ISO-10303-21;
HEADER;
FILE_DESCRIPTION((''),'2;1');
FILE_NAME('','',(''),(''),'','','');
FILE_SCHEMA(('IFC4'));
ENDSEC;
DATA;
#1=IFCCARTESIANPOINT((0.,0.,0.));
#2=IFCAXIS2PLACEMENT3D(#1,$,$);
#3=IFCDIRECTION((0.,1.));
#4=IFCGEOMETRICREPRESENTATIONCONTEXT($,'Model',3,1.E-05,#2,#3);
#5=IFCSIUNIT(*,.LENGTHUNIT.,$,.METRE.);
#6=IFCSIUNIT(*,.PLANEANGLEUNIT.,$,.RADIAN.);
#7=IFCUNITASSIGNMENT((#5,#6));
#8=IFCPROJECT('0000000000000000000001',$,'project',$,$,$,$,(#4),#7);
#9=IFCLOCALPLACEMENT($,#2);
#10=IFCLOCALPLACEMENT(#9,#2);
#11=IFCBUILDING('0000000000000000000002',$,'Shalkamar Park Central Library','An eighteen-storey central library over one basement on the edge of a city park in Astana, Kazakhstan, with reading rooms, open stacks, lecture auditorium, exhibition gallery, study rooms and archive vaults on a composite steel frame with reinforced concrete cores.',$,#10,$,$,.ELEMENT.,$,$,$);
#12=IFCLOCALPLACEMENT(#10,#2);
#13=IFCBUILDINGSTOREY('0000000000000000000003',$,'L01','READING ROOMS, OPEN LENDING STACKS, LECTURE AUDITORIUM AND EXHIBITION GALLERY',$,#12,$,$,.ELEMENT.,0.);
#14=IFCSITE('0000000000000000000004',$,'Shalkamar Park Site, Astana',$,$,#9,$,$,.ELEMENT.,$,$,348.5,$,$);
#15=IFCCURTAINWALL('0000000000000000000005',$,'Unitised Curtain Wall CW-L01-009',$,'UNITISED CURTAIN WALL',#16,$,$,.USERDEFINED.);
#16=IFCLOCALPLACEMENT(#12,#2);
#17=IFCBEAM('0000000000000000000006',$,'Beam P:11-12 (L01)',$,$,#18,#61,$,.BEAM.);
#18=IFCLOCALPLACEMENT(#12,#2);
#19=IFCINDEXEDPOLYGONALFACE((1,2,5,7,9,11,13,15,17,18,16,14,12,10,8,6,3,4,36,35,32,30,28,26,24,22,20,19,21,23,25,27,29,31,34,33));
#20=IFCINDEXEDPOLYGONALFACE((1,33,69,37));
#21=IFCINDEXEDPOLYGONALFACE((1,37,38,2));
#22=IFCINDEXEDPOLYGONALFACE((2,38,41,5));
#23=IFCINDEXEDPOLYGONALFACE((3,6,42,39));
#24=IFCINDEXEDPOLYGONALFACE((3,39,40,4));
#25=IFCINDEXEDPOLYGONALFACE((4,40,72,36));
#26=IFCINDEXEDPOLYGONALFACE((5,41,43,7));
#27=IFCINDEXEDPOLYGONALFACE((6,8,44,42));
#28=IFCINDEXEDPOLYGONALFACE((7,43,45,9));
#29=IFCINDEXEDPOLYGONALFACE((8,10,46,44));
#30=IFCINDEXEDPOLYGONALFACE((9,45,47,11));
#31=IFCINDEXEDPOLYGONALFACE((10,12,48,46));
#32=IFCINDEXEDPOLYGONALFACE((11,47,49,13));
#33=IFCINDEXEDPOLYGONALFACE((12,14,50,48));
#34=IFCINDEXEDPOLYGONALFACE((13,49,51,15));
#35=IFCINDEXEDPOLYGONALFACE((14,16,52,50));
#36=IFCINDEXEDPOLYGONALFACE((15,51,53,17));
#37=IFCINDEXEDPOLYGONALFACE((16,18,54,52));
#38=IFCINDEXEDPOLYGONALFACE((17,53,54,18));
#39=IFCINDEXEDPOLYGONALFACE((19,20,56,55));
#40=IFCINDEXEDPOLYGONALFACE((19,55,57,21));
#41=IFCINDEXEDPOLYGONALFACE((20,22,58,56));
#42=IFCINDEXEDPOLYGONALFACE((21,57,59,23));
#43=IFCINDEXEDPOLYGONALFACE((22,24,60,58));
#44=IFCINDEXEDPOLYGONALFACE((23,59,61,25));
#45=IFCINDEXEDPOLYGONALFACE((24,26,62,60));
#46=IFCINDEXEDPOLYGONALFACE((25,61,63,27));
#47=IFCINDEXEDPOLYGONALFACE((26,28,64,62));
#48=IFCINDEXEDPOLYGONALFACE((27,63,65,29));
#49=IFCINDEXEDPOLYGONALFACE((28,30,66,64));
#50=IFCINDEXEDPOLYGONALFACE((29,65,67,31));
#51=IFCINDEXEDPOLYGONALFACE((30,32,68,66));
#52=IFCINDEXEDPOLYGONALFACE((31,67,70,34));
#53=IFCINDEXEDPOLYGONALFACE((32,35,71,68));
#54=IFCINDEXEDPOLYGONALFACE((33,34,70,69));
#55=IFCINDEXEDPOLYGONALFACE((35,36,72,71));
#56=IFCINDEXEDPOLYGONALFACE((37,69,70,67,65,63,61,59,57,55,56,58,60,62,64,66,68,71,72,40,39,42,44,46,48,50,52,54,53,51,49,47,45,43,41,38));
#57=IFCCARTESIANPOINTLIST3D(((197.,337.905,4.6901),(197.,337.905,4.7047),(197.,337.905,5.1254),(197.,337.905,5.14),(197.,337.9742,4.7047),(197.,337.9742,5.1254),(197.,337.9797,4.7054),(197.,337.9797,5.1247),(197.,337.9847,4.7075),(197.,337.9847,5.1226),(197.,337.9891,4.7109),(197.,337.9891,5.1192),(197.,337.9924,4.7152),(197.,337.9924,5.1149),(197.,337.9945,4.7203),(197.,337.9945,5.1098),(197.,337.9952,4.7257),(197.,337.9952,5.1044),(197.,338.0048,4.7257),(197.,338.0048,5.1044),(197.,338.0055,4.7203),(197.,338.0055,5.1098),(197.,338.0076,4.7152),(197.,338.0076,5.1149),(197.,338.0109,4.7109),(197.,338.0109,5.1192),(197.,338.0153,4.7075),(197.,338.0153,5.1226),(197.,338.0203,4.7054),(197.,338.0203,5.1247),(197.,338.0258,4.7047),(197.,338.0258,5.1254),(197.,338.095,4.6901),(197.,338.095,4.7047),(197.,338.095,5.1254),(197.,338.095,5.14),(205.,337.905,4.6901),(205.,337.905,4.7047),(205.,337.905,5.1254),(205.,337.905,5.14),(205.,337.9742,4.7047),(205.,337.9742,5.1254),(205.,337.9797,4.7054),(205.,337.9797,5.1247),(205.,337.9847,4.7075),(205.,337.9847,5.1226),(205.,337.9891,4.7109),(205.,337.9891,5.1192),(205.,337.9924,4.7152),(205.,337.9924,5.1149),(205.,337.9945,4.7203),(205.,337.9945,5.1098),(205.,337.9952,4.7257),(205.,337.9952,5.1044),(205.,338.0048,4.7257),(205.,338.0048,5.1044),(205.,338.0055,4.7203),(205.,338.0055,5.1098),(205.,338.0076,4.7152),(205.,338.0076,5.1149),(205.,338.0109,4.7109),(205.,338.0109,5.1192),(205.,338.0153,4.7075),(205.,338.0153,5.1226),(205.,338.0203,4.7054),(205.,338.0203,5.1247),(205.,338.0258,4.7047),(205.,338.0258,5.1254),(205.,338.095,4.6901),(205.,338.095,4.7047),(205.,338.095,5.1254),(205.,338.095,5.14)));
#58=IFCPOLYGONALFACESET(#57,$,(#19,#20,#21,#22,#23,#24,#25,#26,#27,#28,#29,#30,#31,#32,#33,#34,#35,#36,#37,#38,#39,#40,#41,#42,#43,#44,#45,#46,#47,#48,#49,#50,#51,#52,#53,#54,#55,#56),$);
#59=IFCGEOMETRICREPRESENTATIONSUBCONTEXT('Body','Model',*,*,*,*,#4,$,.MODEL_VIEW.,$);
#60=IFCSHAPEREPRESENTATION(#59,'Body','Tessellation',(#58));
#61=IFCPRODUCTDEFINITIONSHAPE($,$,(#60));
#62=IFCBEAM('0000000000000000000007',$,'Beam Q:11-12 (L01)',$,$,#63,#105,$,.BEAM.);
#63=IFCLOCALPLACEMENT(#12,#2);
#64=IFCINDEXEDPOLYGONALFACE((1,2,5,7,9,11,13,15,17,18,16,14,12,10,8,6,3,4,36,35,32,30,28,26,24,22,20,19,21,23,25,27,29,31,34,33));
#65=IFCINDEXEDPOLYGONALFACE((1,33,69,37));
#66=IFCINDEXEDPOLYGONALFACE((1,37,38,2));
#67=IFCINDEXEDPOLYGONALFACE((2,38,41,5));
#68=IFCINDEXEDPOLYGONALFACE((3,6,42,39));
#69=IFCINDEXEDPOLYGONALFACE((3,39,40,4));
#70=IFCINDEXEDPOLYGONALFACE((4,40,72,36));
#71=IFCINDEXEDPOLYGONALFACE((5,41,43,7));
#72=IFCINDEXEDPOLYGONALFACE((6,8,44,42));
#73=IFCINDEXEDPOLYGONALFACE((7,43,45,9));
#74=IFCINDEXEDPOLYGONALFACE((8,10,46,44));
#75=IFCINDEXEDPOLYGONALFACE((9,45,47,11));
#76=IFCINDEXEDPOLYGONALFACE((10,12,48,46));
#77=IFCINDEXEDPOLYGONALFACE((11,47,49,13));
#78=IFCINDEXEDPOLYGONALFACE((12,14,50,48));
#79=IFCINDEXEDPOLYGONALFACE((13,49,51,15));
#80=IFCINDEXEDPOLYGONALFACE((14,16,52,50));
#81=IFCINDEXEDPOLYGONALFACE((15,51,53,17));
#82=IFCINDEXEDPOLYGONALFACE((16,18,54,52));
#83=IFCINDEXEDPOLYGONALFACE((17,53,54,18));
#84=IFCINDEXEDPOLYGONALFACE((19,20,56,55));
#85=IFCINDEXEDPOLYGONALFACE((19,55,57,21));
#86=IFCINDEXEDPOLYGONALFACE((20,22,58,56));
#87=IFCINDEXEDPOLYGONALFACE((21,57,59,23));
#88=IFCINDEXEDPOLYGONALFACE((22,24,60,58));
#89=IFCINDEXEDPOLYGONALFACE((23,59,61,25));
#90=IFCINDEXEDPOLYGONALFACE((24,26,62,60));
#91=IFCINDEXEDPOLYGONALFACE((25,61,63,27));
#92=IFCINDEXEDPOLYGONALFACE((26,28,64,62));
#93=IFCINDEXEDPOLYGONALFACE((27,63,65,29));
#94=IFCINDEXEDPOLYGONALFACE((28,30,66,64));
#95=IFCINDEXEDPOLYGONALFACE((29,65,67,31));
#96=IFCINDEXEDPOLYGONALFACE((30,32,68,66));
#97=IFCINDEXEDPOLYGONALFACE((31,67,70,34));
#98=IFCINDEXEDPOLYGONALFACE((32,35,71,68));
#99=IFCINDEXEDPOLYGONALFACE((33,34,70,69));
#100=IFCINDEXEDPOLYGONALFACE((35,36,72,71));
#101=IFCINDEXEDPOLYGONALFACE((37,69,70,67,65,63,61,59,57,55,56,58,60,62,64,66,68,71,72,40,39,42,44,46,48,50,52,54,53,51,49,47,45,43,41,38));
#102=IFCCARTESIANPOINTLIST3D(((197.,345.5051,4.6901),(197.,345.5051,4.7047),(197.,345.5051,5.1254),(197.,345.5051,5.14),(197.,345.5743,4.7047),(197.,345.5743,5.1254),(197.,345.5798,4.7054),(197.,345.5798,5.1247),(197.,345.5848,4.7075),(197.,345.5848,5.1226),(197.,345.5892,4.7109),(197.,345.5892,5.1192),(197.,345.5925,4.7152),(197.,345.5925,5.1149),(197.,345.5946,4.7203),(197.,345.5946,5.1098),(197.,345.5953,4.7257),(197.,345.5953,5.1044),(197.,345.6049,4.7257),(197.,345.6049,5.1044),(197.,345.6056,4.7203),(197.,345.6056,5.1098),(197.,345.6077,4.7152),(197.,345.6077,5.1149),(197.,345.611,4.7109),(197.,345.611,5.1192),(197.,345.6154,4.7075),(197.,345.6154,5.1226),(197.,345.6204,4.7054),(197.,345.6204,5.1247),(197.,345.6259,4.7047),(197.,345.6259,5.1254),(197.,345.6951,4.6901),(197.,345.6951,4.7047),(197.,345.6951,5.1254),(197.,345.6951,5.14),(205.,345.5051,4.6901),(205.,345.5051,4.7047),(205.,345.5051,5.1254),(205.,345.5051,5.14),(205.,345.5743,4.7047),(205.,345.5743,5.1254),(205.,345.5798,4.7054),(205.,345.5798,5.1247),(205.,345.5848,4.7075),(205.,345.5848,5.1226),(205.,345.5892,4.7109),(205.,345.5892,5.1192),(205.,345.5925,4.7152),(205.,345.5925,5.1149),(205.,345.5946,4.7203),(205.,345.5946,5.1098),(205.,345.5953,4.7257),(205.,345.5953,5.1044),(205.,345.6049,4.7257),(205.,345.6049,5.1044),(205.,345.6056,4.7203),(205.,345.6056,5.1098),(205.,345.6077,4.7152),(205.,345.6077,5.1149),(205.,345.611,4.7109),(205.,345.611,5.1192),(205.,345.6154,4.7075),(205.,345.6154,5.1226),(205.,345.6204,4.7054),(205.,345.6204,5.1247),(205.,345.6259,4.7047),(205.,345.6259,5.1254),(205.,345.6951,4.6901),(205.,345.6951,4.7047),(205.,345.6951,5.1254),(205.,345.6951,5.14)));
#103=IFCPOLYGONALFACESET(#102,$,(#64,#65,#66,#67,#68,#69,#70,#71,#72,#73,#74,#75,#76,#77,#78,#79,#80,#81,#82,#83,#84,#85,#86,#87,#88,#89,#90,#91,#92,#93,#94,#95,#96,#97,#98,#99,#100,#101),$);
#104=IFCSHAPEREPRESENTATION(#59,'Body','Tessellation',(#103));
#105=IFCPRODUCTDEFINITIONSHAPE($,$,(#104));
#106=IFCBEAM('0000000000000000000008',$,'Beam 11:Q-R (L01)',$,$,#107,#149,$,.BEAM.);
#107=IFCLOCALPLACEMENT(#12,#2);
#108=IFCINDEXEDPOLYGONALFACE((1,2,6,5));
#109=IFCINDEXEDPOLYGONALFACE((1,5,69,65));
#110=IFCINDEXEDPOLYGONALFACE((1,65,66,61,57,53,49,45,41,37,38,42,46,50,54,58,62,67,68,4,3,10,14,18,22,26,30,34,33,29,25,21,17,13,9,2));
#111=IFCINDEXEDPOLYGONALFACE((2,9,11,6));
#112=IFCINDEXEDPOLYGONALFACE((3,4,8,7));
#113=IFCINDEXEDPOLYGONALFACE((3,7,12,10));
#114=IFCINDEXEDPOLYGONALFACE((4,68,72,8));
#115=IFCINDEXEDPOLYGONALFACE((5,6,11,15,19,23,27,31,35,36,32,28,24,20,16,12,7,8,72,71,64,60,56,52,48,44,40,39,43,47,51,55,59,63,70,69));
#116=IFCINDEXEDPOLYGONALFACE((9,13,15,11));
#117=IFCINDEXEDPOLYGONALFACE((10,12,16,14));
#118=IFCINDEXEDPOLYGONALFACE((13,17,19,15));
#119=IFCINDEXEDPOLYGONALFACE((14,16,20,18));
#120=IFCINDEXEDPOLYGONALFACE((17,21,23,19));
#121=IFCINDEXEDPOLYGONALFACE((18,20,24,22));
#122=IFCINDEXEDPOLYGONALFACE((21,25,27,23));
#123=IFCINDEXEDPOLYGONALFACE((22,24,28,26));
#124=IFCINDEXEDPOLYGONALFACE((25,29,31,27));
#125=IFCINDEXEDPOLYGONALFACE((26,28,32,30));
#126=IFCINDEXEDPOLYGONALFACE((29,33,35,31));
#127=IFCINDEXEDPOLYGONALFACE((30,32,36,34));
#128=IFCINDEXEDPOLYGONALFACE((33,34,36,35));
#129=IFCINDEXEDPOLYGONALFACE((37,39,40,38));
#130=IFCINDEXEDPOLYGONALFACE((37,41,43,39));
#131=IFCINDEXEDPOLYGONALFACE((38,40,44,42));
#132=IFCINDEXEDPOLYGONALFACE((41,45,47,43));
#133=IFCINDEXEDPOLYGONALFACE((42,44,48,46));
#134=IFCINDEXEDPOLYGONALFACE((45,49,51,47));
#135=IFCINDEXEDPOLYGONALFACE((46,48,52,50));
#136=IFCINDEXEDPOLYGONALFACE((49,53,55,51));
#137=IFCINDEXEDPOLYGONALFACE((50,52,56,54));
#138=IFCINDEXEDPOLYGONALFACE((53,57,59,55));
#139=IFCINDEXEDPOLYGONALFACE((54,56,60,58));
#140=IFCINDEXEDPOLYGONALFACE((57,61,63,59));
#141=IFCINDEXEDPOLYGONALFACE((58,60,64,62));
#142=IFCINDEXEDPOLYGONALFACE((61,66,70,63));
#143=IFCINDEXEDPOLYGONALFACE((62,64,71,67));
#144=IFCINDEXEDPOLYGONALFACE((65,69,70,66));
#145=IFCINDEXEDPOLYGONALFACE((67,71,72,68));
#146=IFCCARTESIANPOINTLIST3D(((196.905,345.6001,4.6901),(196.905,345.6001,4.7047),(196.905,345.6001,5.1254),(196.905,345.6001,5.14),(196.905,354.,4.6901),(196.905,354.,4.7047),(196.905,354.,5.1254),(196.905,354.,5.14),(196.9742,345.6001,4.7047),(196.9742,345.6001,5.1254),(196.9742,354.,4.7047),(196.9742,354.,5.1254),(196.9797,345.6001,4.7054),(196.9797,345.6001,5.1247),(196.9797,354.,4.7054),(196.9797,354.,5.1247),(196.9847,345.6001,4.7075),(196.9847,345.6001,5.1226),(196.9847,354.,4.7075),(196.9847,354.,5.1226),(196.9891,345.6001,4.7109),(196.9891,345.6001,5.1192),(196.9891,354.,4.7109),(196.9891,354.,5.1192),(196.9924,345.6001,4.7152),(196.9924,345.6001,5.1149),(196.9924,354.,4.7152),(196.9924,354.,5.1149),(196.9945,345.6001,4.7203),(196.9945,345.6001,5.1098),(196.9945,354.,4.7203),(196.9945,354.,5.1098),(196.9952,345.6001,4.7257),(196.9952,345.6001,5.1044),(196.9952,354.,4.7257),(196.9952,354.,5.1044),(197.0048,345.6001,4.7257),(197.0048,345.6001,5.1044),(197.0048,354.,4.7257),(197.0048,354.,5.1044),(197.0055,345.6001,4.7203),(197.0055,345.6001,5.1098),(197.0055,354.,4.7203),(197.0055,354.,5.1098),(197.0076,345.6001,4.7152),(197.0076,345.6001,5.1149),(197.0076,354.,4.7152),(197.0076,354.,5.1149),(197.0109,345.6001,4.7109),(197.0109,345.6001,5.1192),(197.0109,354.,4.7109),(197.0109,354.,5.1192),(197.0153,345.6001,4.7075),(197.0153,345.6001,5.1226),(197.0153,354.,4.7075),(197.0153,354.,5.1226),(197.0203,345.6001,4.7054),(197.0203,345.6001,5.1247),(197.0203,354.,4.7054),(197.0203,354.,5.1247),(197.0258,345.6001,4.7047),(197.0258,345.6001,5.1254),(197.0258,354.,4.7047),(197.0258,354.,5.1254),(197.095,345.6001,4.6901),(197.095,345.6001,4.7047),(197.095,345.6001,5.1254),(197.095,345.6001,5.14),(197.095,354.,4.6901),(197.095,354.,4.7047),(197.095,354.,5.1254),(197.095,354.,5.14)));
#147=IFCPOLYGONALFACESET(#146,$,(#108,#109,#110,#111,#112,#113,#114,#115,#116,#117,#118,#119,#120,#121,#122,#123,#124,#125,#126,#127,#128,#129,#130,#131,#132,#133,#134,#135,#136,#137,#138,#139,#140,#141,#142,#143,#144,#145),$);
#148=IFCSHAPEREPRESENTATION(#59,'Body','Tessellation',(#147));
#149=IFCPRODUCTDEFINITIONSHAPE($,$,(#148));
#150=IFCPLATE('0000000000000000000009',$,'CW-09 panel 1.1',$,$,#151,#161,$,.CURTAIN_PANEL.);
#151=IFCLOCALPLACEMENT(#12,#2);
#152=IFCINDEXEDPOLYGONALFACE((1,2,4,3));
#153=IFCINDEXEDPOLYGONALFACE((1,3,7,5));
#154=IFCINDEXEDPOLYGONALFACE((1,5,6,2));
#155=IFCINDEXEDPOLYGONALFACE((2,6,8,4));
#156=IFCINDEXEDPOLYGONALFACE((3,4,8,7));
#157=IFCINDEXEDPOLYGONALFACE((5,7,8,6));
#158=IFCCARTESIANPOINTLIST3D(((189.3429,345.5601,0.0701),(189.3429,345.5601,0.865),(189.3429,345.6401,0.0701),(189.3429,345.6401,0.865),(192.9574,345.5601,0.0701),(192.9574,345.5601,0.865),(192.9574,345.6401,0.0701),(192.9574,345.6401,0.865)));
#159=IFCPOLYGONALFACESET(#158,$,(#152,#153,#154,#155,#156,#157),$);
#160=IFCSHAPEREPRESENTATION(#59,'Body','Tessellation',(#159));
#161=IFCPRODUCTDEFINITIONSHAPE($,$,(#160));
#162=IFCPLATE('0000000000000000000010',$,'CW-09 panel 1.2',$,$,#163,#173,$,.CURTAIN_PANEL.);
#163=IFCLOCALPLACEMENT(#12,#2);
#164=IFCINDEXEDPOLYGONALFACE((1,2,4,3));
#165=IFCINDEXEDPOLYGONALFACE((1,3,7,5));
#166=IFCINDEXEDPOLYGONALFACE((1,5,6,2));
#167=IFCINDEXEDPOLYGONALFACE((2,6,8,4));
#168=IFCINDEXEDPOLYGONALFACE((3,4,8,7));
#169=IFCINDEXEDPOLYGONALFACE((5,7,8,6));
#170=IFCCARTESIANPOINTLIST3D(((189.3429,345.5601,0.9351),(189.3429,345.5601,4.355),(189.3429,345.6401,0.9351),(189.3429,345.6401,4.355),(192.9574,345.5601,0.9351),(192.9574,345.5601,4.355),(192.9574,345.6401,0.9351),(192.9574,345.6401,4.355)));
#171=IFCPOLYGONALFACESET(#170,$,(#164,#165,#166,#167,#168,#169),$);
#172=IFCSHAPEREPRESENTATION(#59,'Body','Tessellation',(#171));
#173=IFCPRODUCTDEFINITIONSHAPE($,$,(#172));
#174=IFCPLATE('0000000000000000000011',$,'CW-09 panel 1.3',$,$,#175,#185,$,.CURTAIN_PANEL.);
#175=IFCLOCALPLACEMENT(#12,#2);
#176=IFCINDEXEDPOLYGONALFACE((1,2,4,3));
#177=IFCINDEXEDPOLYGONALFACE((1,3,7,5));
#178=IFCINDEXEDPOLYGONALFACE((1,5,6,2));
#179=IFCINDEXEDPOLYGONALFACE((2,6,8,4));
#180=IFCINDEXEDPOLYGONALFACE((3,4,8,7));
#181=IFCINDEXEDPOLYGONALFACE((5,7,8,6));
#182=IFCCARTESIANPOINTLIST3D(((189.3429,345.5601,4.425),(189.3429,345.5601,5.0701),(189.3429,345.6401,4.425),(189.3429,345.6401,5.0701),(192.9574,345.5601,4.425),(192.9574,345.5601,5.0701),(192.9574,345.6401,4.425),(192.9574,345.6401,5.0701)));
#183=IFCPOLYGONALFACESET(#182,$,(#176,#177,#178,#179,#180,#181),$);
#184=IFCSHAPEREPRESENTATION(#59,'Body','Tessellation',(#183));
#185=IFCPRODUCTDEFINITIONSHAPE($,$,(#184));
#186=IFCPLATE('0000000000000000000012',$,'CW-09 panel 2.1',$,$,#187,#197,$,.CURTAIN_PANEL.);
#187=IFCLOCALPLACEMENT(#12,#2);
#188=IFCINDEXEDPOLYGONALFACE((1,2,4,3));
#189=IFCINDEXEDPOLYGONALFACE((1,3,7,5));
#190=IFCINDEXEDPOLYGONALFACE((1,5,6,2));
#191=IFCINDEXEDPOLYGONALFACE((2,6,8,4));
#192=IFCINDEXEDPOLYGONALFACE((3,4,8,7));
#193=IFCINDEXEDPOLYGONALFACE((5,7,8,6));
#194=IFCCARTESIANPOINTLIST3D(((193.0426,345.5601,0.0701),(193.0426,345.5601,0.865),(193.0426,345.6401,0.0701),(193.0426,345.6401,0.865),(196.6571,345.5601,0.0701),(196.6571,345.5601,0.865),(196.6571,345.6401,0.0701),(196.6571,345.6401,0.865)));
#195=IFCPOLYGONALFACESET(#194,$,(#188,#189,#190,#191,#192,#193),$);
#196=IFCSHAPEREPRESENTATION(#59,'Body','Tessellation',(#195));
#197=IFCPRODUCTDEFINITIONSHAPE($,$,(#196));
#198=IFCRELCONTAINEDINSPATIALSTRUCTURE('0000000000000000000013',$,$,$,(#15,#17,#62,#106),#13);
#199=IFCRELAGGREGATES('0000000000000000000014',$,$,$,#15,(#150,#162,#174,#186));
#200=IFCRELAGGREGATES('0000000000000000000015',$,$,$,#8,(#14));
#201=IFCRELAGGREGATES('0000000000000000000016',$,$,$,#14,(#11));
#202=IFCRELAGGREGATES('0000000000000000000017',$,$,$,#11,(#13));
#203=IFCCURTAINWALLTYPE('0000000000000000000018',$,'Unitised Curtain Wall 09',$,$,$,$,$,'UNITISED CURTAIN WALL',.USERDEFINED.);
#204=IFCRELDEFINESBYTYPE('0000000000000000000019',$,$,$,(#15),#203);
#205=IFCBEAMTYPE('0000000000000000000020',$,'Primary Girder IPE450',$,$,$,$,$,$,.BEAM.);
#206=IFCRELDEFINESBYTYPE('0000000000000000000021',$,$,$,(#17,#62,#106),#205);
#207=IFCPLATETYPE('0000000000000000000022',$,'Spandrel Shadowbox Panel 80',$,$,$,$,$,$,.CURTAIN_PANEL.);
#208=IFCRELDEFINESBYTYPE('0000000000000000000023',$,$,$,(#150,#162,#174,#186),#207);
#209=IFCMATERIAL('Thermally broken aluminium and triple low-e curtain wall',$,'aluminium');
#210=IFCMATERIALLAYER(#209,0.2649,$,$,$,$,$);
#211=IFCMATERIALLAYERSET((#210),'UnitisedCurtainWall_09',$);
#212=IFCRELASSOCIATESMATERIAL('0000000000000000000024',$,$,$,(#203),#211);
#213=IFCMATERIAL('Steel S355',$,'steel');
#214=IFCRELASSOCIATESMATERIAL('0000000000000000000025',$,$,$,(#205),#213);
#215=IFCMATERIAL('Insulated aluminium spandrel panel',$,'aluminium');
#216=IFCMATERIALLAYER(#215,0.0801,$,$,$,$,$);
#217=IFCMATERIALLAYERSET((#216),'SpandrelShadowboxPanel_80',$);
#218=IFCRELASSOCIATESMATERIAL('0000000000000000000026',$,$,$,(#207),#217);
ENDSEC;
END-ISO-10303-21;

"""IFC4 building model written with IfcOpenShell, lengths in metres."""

from ifc_helpers import new_model, si_unit, direction, frame, origin, origin_2d, place, context, subcontext, project, spatial, rectangle, i_section, extrude, material, layer, layer_set, material_profile, profile_set, type_object, element, aggregate, save


model = new_model("IFC4")

# Units and contexts
model_context = context("Model", 3, precision=1e-05, world=origin(), true_north=direction((0.0, 1.0)))
body_context = subcontext(model_context, "Body", "Model", "MODEL_VIEW")
ifc_project = project(units=[si_unit("LENGTHUNIT", "METRE"), si_unit("PLANEANGLEUNIT", "RADIAN")], contexts=[model_context])

# Site, building, storey
site_placement = place(None, origin())
site = spatial("IfcSite", under=ifc_project, at=site_placement, Name="Shalkamar Park Site, Astana", CompositionType="ELEMENT", RefElevation=348.5)
building_placement = place(site_placement, origin())
building = spatial("IfcBuilding", under=site, at=building_placement, Name="Shalkamar Park Central Library", Description="An eighteen-storey central library over one basement on the edge of a city park in Astana, Kazakhstan, with reading rooms, open stacks, lecture auditorium, exhibition gallery, study rooms and archive vaults on a composite steel frame with reinforced concrete cores.", CompositionType="ELEMENT")
storey_placement = place(building_placement, origin())
storey = spatial("IfcBuildingStorey", under=building, at=storey_placement, Name="L01", Description="READING ROOMS, OPEN LENDING STACKS, LECTURE AUDITORIUM AND EXHIBITION GALLERY", CompositionType="ELEMENT", Elevation=0.0)

# Shared definitions
ifc_material_1 = material(Name="Steel S355", Category="steel")

# Curtain wall
ifc_material_2 = material(Name="Thermally broken aluminium and triple low-e curtain wall", Category="aluminium")
ifc_layer_1 = layer(ifc_material_2, 0.2649)
ifc_layer_set_1 = layer_set([ifc_layer_1], Name="UnitisedCurtainWall_09")
curtain_wall_type = type_object("IfcCurtainWallType", Name="Unitised Curtain Wall 09", ElementType="UNITISED CURTAIN WALL", PredefinedType="USERDEFINED", material=ifc_layer_set_1)
curtain_wall_placement = place(storey_placement, origin())
curtain_wall = element("IfcCurtainWall", 1, at=curtain_wall_placement, inside=storey, type_object=curtain_wall_type, Name="Unitised Curtain Wall CW-L01-009", ObjectType="UNITISED CURTAIN WALL", PredefinedType="USERDEFINED")

# Beams
ifc_material_profile_1 = material_profile(ifc_material_1, i_section(OverallWidth=0.1899, OverallDepth=0.45, WebThickness=0.0095, FlangeThickness=0.0146, FilletRadius=0.021, at=origin_2d()), Name="IPE 450")
ifc_profile_set_1 = profile_set([ifc_material_profile_1], Name="Steel S355")
beam_type_1 = type_object("IfcBeamType", Name="Primary Girder IPE450", PredefinedType="BEAM", material=ifc_profile_set_1)
for number, where, z_axis, x_axis, name in (
    (2, (197.0, 338.0, 4.915), (1.0, 0.0, 0.0), (0.0, 1.0, 0.0), "Beam P:11-12 (L01)"),
    (3, (197.0, 345.6001, 4.915), (1.0, 0.0, 0.0), (0.0, 1.0, 0.0), "Beam Q:11-12 (L01)"),
):
    element("IfcBeam", number, at=place(storey_placement, frame(where, z_axis=z_axis, x_axis=x_axis)), inside=storey, type_object=beam_type_1, Name=name, PredefinedType="BEAM", context=body_context, shape_type="SweptSolid", body=[
        extrude(i_section(OverallWidth=0.1899, OverallDepth=0.45, WebThickness=0.0095, FlangeThickness=0.0146, FilletRadius=0.021, at=origin_2d()), origin(), (0.0, 0.0, 1.0), 8.0),
    ])
beam_1_placement = place(storey_placement, frame((197.0, 345.6001, 4.915), z_axis=(0.0, 1.0, 0.0), x_axis=(-1.0, 0.0, 0.0)))
element("IfcBeam", 4, at=beam_1_placement, inside=storey, type_object=beam_type_1, Name="Beam 11:Q-R (L01)", PredefinedType="BEAM", context=body_context, shape_type="SweptSolid", body=[
    extrude(i_section(OverallWidth=0.1899, OverallDepth=0.45, WebThickness=0.0095, FlangeThickness=0.0146, FilletRadius=0.021, at=origin_2d()), origin(), (0.0, 0.0, 1.0), 8.3999),
])

# Plates
ifc_material_3 = material(Name="Insulated aluminium spandrel panel", Category="aluminium")
ifc_layer_2 = layer(ifc_material_3, 0.0801)
ifc_layer_set_2 = layer_set([ifc_layer_2], Name="SpandrelShadowboxPanel_80")
plate_type = type_object("IfcPlateType", Name="Spandrel Shadowbox Panel 80", PredefinedType="CURTAIN_PANEL", material=ifc_layer_set_2)
plate_1_placement = place(storey_placement, frame((191.1501, 345.6001, 0.0701), z_axis=(0.0, 0.0, 1.0), x_axis=(1.0, 0.0, 0.0)))
plate_1 = element("IfcPlate", 5, at=plate_1_placement, type_object=plate_type, Name="CW-09 panel 1.1", PredefinedType="CURTAIN_PANEL", context=body_context, shape_type="SweptSolid", body=[
    extrude(rectangle(XDim=3.6145, YDim=0.0801, at=origin_2d()), origin(), (0.0, 0.0, 1.0), 0.7949),
])
plate_2_placement = place(storey_placement, frame((191.1501, 345.6001, 0.9351), z_axis=(0.0, 0.0, 1.0), x_axis=(1.0, 0.0, 0.0)))
plate_2 = element("IfcPlate", 6, at=plate_2_placement, type_object=plate_type, Name="CW-09 panel 1.2", PredefinedType="CURTAIN_PANEL", context=body_context, shape_type="SweptSolid", body=[
    extrude(rectangle(XDim=3.6145, YDim=0.0801, at=origin_2d()), origin(), (0.0, 0.0, 1.0), 3.4199),
])
plate_3_placement = place(storey_placement, frame((191.1501, 345.6001, 4.425), z_axis=(0.0, 0.0, 1.0), x_axis=(1.0, 0.0, 0.0)))
plate_3 = element("IfcPlate", 7, at=plate_3_placement, type_object=plate_type, Name="CW-09 panel 1.3", PredefinedType="CURTAIN_PANEL", context=body_context, shape_type="SweptSolid", body=[
    extrude(rectangle(XDim=3.6145, YDim=0.0801, at=origin_2d()), origin(), (0.0, 0.0, 1.0), 0.645),
])
plate_4_placement = place(storey_placement, frame((194.8499, 345.6001, 0.0701), z_axis=(0.0, 0.0, 1.0), x_axis=(1.0, 0.0, 0.0)))
plate_4 = element("IfcPlate", 8, at=plate_4_placement, type_object=plate_type, Name="CW-09 panel 2.1", PredefinedType="CURTAIN_PANEL", context=body_context, shape_type="SweptSolid", body=[
    extrude(rectangle(XDim=3.6145, YDim=0.0801, at=origin_2d()), origin(), (0.0, 0.0, 1.0), 0.7949),
])
aggregate(curtain_wall, [plate_1, plate_2, plate_3, plate_4])

save(model, "model.ifc")
